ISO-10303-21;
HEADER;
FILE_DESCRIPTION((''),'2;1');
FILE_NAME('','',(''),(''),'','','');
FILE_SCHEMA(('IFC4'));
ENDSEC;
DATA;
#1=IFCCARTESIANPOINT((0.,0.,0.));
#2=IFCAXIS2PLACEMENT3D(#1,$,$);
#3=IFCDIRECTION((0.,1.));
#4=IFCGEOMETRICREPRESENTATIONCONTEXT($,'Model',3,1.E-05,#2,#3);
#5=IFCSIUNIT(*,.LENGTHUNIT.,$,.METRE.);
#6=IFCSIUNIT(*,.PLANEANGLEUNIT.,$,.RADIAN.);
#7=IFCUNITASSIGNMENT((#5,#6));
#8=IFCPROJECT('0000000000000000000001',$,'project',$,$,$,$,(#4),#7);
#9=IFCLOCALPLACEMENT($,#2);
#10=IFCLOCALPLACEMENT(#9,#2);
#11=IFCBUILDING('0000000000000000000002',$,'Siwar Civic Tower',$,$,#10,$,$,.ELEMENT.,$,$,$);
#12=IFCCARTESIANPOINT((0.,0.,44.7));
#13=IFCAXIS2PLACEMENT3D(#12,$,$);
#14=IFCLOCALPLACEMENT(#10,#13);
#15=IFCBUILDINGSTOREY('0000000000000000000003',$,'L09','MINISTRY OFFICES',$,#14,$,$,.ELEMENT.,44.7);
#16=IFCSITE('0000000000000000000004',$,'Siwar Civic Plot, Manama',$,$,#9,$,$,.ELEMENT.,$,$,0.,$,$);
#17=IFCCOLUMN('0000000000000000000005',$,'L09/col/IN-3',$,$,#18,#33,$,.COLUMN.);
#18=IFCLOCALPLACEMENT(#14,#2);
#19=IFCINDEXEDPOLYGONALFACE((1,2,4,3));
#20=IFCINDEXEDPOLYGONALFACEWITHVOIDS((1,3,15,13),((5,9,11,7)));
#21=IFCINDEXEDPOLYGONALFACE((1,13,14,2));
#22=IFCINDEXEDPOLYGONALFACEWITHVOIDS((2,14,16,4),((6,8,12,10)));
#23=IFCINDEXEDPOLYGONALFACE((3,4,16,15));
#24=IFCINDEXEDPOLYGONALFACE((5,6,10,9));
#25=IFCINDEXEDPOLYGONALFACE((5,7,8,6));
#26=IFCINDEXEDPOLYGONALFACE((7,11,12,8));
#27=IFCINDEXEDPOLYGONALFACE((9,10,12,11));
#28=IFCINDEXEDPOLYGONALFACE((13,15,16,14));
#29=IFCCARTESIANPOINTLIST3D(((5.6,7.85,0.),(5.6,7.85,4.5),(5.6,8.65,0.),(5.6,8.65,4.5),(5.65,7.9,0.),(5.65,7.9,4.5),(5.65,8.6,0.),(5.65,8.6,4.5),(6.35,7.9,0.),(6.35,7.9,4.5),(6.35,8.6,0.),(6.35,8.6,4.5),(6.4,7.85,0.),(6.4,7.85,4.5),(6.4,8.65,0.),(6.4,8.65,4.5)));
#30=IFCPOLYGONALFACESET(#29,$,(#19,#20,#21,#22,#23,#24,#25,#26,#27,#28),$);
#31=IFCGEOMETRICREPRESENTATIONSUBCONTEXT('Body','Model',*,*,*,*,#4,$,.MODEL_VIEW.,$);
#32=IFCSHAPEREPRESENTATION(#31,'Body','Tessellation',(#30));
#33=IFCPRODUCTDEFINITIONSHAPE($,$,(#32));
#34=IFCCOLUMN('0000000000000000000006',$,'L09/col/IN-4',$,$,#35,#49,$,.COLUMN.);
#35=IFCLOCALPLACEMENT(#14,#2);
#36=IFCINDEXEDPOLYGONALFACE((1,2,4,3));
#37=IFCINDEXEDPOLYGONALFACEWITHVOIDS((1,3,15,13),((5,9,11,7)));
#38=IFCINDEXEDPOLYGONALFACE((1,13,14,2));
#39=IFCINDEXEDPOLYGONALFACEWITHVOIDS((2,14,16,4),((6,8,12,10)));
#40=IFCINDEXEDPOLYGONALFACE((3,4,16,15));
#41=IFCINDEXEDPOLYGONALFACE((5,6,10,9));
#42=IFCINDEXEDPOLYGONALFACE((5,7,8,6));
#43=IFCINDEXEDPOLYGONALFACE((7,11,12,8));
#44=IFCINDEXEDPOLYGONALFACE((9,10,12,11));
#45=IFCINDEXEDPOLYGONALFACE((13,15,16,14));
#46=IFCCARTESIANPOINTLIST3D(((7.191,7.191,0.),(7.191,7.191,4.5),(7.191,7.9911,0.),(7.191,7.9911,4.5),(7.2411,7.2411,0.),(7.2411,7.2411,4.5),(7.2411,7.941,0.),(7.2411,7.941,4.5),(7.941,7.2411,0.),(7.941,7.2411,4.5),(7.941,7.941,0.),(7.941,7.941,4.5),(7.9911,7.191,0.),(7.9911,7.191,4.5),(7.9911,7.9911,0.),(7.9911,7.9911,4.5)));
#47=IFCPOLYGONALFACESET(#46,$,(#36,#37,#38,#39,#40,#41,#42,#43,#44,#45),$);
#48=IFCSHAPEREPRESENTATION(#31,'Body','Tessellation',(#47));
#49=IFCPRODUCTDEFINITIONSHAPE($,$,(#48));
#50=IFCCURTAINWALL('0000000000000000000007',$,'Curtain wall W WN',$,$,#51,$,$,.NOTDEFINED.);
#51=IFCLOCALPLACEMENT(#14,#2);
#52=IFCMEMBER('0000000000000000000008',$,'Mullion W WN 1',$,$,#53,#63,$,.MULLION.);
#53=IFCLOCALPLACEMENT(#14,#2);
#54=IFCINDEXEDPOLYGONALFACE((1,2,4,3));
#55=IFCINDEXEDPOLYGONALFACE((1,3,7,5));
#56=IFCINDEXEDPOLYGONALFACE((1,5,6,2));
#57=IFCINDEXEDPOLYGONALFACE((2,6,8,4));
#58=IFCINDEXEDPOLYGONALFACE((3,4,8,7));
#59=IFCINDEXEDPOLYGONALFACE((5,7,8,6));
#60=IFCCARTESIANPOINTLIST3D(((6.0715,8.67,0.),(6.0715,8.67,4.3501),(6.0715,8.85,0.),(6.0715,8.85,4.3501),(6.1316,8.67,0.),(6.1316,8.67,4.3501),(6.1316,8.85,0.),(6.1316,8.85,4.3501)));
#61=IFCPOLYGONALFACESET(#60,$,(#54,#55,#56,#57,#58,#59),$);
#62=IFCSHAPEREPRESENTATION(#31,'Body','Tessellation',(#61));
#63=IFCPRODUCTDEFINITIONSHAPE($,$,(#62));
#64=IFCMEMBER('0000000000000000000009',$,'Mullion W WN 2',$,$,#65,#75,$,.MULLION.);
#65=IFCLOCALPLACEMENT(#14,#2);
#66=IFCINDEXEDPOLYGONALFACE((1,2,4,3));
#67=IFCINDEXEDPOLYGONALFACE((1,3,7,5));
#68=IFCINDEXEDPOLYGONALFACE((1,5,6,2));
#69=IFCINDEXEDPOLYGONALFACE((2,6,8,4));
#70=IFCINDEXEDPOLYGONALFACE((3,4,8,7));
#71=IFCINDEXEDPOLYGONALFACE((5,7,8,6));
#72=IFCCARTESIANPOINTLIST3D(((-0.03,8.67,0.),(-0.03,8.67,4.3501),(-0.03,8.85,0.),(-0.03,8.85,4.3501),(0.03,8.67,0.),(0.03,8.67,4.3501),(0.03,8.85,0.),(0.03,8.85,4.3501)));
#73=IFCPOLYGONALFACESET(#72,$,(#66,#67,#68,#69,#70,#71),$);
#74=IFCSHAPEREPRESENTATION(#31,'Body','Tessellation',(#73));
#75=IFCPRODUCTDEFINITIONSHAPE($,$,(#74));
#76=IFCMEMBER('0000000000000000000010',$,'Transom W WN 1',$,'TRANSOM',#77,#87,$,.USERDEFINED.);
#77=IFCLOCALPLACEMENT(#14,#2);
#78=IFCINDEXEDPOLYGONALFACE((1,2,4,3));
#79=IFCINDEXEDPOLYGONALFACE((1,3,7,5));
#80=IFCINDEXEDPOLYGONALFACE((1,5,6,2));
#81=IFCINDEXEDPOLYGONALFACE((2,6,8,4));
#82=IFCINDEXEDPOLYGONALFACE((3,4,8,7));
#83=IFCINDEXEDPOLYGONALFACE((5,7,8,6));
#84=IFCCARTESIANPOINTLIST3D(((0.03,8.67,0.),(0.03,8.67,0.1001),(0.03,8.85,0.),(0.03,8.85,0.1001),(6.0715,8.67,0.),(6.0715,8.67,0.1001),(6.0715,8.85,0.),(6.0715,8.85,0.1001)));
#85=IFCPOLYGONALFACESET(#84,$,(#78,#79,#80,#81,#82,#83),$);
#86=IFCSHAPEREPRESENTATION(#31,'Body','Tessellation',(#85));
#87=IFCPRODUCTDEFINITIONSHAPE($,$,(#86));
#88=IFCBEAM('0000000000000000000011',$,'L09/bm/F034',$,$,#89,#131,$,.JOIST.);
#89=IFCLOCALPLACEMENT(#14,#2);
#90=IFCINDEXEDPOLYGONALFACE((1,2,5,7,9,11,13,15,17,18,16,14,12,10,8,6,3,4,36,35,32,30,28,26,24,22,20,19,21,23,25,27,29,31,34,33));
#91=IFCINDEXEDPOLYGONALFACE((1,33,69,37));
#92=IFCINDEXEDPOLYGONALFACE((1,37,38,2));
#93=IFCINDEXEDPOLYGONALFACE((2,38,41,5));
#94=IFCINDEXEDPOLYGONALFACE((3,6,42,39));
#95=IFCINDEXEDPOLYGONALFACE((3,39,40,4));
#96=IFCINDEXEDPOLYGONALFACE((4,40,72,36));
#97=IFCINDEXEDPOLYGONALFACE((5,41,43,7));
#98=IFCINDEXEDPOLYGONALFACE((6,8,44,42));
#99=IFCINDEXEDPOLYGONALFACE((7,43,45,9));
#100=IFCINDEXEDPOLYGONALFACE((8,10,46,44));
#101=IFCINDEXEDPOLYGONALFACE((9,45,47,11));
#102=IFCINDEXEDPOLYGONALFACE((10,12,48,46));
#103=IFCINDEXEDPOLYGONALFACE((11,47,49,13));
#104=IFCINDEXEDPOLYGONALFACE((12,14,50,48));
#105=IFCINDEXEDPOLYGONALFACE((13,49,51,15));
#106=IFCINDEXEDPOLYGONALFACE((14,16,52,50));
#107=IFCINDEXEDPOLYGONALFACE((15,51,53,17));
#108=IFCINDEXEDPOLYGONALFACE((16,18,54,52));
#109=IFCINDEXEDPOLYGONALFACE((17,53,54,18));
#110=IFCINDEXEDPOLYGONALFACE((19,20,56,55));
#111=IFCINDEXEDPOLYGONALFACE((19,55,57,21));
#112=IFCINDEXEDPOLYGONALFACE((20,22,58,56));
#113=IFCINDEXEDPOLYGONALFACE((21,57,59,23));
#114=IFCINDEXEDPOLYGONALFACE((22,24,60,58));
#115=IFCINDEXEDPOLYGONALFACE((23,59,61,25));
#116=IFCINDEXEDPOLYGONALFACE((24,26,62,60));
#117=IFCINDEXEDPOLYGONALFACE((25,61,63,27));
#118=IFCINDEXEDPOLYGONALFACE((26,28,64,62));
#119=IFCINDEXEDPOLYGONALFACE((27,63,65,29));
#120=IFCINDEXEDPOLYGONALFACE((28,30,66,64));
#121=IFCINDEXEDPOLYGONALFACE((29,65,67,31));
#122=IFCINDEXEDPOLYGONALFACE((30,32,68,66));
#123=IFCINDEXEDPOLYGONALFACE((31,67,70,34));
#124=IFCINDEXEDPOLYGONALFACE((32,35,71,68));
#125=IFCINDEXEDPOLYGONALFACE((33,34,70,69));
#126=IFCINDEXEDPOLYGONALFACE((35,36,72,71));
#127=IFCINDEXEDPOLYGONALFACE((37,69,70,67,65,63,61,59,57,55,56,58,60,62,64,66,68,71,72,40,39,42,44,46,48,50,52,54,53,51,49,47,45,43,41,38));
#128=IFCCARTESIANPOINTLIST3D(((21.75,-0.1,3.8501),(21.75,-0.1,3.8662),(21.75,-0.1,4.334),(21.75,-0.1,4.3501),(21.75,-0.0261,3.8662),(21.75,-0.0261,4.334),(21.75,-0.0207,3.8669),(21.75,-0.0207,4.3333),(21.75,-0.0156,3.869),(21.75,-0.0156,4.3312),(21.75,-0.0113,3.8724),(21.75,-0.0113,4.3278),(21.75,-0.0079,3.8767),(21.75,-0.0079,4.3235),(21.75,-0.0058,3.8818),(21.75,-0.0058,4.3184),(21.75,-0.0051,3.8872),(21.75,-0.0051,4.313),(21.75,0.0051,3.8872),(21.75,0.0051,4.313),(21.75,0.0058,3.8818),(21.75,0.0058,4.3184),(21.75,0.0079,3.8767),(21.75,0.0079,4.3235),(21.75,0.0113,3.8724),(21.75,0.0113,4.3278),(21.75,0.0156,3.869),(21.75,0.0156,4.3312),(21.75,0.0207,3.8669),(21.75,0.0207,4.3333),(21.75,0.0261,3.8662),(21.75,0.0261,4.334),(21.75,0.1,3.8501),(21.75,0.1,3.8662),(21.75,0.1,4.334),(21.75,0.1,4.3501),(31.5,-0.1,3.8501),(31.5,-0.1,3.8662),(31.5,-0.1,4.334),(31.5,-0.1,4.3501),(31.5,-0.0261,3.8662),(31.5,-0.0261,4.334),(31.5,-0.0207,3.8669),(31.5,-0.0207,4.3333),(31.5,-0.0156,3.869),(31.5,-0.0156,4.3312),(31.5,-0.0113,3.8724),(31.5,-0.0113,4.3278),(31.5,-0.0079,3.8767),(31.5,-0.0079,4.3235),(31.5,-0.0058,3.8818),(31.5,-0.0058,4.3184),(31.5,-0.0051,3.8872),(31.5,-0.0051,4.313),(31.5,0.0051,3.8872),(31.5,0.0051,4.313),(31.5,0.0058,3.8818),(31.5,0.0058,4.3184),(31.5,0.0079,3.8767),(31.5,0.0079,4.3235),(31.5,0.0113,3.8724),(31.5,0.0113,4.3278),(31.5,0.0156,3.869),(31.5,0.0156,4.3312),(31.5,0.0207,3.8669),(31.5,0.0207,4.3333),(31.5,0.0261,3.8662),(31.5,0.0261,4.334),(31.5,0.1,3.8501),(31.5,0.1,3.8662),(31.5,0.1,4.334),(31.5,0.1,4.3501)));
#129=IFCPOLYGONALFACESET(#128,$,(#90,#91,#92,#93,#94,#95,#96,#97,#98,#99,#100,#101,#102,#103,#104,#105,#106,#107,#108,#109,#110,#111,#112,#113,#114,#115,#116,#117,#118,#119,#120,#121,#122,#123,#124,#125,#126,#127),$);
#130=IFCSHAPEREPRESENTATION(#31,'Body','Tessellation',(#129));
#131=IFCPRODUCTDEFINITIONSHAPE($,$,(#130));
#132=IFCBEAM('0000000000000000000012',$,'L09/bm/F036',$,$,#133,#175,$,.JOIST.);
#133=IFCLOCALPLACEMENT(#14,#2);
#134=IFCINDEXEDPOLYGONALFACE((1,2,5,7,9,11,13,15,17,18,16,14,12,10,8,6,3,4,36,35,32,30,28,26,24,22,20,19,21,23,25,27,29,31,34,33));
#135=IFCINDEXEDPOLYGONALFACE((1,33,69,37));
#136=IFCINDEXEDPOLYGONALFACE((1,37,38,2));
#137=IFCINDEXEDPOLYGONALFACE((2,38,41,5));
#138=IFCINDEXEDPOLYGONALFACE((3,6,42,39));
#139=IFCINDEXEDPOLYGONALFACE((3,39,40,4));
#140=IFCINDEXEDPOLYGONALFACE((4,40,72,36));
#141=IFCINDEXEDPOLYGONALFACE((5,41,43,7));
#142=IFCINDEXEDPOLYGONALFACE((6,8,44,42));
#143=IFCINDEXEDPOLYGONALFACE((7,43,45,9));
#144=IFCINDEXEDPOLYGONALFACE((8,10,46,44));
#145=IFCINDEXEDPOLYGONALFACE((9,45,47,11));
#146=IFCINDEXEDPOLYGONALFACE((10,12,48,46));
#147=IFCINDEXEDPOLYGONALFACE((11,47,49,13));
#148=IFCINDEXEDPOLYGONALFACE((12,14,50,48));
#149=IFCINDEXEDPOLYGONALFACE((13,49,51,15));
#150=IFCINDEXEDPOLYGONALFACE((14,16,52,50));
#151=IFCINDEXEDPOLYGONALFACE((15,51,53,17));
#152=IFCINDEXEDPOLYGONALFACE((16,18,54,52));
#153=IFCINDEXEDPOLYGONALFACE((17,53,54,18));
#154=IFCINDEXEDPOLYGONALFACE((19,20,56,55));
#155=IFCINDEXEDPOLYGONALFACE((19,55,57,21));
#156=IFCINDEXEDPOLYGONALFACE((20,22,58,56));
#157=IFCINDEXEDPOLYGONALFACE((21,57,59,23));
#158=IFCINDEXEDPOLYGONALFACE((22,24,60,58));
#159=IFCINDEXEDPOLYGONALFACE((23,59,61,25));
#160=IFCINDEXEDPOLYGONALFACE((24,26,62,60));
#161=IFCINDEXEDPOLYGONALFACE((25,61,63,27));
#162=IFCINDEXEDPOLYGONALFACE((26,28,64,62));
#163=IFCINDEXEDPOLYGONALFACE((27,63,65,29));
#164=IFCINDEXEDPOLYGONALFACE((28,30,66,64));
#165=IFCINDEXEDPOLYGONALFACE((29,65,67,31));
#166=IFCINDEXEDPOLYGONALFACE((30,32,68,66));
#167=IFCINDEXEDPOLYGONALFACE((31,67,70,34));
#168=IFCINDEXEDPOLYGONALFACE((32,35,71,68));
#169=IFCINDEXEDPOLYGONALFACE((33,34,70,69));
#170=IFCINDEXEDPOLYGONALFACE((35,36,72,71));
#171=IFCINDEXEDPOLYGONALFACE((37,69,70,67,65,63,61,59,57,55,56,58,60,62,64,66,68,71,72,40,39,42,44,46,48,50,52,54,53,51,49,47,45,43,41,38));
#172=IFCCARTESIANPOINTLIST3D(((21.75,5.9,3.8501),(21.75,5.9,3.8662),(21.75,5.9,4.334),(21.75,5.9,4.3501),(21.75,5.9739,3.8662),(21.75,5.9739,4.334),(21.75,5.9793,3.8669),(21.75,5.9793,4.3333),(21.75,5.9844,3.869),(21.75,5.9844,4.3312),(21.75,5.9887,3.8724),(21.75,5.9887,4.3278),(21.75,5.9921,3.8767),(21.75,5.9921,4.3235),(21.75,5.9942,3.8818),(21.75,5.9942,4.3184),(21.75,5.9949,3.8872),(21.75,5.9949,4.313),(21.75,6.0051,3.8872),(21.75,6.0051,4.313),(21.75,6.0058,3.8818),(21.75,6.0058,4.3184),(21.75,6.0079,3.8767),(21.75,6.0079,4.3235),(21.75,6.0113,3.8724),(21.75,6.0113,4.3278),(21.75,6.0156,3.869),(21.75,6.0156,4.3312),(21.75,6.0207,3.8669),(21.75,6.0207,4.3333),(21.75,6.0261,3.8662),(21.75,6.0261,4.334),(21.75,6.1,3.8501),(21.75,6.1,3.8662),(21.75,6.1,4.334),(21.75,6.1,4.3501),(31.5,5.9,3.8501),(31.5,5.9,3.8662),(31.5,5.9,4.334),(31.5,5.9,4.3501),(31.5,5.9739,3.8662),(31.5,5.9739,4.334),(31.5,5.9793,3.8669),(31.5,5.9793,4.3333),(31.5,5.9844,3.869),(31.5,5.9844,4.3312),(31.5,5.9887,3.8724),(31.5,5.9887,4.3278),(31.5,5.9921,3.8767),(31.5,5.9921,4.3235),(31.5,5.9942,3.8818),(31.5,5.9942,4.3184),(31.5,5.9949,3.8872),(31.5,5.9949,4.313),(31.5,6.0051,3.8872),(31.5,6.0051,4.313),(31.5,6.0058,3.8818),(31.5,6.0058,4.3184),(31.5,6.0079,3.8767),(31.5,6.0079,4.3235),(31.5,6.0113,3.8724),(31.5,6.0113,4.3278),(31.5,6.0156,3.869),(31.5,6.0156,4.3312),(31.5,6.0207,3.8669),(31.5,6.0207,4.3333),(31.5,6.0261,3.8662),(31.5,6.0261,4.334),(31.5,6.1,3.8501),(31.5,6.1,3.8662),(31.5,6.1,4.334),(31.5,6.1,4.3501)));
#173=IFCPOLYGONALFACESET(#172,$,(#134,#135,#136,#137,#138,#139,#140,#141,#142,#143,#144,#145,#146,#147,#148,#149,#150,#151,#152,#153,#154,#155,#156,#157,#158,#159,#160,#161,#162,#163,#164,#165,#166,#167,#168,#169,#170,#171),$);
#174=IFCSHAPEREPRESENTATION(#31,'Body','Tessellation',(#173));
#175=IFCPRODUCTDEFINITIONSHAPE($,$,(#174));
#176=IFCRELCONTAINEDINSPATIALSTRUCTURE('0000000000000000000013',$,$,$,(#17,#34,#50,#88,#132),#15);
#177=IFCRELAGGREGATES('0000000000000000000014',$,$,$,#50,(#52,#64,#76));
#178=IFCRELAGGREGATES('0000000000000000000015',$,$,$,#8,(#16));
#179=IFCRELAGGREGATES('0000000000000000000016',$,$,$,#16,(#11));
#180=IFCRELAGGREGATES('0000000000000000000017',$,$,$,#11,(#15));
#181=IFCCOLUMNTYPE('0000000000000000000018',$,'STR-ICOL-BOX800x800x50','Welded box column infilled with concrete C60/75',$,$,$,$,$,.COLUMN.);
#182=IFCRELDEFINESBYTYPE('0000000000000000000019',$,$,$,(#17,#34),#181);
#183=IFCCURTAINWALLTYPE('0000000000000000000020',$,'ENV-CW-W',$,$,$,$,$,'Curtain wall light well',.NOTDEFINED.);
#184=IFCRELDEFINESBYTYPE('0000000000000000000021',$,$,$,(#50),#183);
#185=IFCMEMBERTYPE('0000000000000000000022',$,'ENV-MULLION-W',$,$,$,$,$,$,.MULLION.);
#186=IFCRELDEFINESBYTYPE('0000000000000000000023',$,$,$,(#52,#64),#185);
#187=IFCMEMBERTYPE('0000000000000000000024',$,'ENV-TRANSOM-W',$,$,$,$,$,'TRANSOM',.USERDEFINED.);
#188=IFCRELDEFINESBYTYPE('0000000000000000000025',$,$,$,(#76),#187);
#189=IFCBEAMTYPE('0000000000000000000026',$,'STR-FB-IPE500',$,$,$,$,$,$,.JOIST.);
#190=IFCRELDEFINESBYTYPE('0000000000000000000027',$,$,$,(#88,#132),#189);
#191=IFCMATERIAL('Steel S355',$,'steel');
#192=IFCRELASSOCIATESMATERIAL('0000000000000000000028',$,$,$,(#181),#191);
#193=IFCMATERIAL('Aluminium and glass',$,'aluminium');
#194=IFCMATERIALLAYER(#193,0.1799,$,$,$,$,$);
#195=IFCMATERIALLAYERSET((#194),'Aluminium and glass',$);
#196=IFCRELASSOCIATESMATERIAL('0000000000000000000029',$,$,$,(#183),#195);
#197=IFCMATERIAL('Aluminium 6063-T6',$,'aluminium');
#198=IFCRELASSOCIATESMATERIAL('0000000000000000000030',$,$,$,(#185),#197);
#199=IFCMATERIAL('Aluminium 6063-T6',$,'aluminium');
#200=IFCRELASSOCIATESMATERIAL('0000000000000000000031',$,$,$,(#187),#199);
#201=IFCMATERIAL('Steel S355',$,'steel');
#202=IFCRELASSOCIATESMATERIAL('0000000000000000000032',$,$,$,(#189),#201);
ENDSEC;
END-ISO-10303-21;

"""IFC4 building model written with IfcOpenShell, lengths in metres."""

from ifc_helpers import new_model, si_unit, direction, frame, origin, origin_2d, place, context, subcontext, project, spatial, rectangle, hollow_rectangle, i_section, extrude, material, layer, layer_set, material_profile, profile_set, type_object, element, aggregate, save


model = new_model("IFC4")

# Units and contexts
model_context = context("Model", 3, precision=1e-05, world=origin(), true_north=direction((0.0, 1.0)))
body_context = subcontext(model_context, "Body", "Model", "MODEL_VIEW")
ifc_project = project(units=[si_unit("LENGTHUNIT", "METRE"), si_unit("PLANEANGLEUNIT", "RADIAN")], contexts=[model_context])

# Site, building, storey
site_placement = place(None, origin())
site = spatial("IfcSite", under=ifc_project, at=site_placement, Name="Siwar Civic Plot, Manama", CompositionType="ELEMENT", RefElevation=0.0)
building_placement = place(site_placement, origin())
building = spatial("IfcBuilding", under=site, at=building_placement, Name="Siwar Civic Tower", CompositionType="ELEMENT")
storey_placement = place(building_placement, frame((0.0, 0.0, 44.7)))
storey = spatial("IfcBuildingStorey", under=building, at=storey_placement, Name="L09", Description="MINISTRY OFFICES", CompositionType="ELEMENT", Elevation=44.7)

# Columns
ifc_material_1 = material(Name="Steel S355", Category="steel")
ifc_material_profile_1 = material_profile(ifc_material_1, hollow_rectangle(XDim=0.8, YDim=0.8, WallThickness=0.05, at=origin_2d()), Name="BOX800x800x50")
ifc_profile_set_1 = profile_set([ifc_material_profile_1], Name="Steel S355")
column_type = type_object("IfcColumnType", Name="STR-ICOL-BOX800x800x50", Description="Welded box column infilled with concrete C60/75", PredefinedType="COLUMN", material=ifc_profile_set_1)
for number, where, z_axis, x_axis, name in (
    (1, (6.0, 8.25, 0.0), (0.0, 0.0, 1.0), (1.0, 0.0, 0.0), "L09/col/IN-3"),
    (2, (7.5911, 7.5911, 0.0), (0.0, 0.0, 1.0), (1.0, 0.0, 0.0), "L09/col/IN-4"),
):
    element("IfcColumn", number, at=place(storey_placement, frame(where, z_axis=z_axis, x_axis=x_axis)), inside=storey, type_object=column_type, Name=name, PredefinedType="COLUMN", context=body_context, shape_type="SweptSolid", body=[
        extrude(hollow_rectangle(XDim=0.8, YDim=0.8, WallThickness=0.05, at=origin_2d()), origin(), (0.0, 0.0, 1.0), 4.5),
    ])

# Curtain wall, members
ifc_material_2 = material(Name="Aluminium and glass", Category="aluminium")
ifc_layer_1 = layer(ifc_material_2, 0.1799)
ifc_layer_set_1 = layer_set([ifc_layer_1], Name="Aluminium and glass")
curtain_wall_type = type_object("IfcCurtainWallType", Name="ENV-CW-W", ElementType="Curtain wall light well", PredefinedType="NOTDEFINED", material=ifc_layer_set_1)
curtain_wall_placement = place(storey_placement, origin())
curtain_wall = element("IfcCurtainWall", 3, at=curtain_wall_placement, inside=storey, type_object=curtain_wall_type, Name="Curtain wall W WN", PredefinedType="NOTDEFINED")
ifc_material_3 = material(Name="Aluminium 6063-T6", Category="aluminium")
ifc_material_profile_2 = material_profile(ifc_material_3, rectangle(XDim=0.1799, YDim=0.0601, at=origin_2d()), Name="AL 180x60")
ifc_profile_set_2 = profile_set([ifc_material_profile_2], Name="Aluminium 6063-T6")
member_type_1 = type_object("IfcMemberType", Name="ENV-MULLION-W", PredefinedType="MULLION", material=ifc_profile_set_2)
member_1_placement = place(storey_placement, frame((6.1016, 8.76, 0.0), z_axis=(0.0, 0.0, 1.0), x_axis=(0.0, -1.0, 0.0)))
member_1 = element("IfcMember", 4, at=member_1_placement, type_object=member_type_1, Name="Mullion W WN 1", PredefinedType="MULLION", context=body_context, shape_type="SweptSolid", body=[
    extrude(rectangle(XDim=0.1799, YDim=0.0601, at=origin_2d()), origin(), (0.0, 0.0, 1.0), 4.3501),
])
member_2_placement = place(storey_placement, frame((0.0, 8.76, 0.0), z_axis=(0.0, 0.0, 1.0), x_axis=(0.0, -1.0, 0.0)))
member_2 = element("IfcMember", 5, at=member_2_placement, type_object=member_type_1, Name="Mullion W WN 2", PredefinedType="MULLION", context=body_context, shape_type="SweptSolid", body=[
    extrude(rectangle(XDim=0.1799, YDim=0.0601, at=origin_2d()), origin(), (0.0, 0.0, 1.0), 4.3501),
])
ifc_material_4 = material(Name="Aluminium 6063-T6", Category="aluminium")
ifc_material_profile_3 = material_profile(ifc_material_4, rectangle(XDim=0.1799, YDim=0.1001, at=origin_2d()), Name="AL 180x100")
ifc_profile_set_3 = profile_set([ifc_material_profile_3], Name="Aluminium 6063-T6")
member_type_2 = type_object("IfcMemberType", Name="ENV-TRANSOM-W", ElementType="TRANSOM", PredefinedType="USERDEFINED", material=ifc_profile_set_3)
member_3_placement = place(storey_placement, frame((6.0715, 8.76, 0.05), z_axis=(-1.0, 0.0, 0.0), x_axis=(0.0, -1.0, 0.0)))
member_3 = element("IfcMember", 6, at=member_3_placement, type_object=member_type_2, Name="Transom W WN 1", ObjectType="TRANSOM", PredefinedType="USERDEFINED", context=body_context, shape_type="SweptSolid", body=[
    extrude(rectangle(XDim=0.1799, YDim=0.1001, at=origin_2d()), origin(), (0.0, 0.0, 1.0), 6.0415),
])

# Beams
ifc_material_5 = material(Name="Steel S355", Category="steel")
ifc_material_profile_4 = material_profile(ifc_material_5, i_section(OverallWidth=0.2, OverallDepth=0.5, WebThickness=0.0103, FlangeThickness=0.0161, FilletRadius=0.021, at=origin_2d()), Name="IPE500")
ifc_profile_set_4 = profile_set([ifc_material_profile_4], Name="Steel S355")
beam_type_1 = type_object("IfcBeamType", Name="STR-FB-IPE500", PredefinedType="JOIST", material=ifc_profile_set_4)
for number, where, z_axis, x_axis, name in (
    (7, (21.75, 0.0, 4.1001), (1.0, 0.0, 0.0), (0.0, 1.0, 0.0), "L09/bm/F034"),
    (8, (21.75, 6.0, 4.1001), (1.0, 0.0, 0.0), (0.0, 1.0, 0.0), "L09/bm/F036"),
):
    element("IfcBeam", number, at=place(storey_placement, frame(where, z_axis=z_axis, x_axis=x_axis)), inside=storey, type_object=beam_type_1, Name=name, PredefinedType="JOIST", context=body_context, shape_type="SweptSolid", body=[
        extrude(i_section(OverallWidth=0.2, OverallDepth=0.5, WebThickness=0.0103, FlangeThickness=0.0161, FilletRadius=0.021, at=origin_2d()), origin(), (0.0, 0.0, 1.0), 9.75),
    ])

aggregate(curtain_wall, [member_1, member_2, member_3])

save(model, "model.ifc")
